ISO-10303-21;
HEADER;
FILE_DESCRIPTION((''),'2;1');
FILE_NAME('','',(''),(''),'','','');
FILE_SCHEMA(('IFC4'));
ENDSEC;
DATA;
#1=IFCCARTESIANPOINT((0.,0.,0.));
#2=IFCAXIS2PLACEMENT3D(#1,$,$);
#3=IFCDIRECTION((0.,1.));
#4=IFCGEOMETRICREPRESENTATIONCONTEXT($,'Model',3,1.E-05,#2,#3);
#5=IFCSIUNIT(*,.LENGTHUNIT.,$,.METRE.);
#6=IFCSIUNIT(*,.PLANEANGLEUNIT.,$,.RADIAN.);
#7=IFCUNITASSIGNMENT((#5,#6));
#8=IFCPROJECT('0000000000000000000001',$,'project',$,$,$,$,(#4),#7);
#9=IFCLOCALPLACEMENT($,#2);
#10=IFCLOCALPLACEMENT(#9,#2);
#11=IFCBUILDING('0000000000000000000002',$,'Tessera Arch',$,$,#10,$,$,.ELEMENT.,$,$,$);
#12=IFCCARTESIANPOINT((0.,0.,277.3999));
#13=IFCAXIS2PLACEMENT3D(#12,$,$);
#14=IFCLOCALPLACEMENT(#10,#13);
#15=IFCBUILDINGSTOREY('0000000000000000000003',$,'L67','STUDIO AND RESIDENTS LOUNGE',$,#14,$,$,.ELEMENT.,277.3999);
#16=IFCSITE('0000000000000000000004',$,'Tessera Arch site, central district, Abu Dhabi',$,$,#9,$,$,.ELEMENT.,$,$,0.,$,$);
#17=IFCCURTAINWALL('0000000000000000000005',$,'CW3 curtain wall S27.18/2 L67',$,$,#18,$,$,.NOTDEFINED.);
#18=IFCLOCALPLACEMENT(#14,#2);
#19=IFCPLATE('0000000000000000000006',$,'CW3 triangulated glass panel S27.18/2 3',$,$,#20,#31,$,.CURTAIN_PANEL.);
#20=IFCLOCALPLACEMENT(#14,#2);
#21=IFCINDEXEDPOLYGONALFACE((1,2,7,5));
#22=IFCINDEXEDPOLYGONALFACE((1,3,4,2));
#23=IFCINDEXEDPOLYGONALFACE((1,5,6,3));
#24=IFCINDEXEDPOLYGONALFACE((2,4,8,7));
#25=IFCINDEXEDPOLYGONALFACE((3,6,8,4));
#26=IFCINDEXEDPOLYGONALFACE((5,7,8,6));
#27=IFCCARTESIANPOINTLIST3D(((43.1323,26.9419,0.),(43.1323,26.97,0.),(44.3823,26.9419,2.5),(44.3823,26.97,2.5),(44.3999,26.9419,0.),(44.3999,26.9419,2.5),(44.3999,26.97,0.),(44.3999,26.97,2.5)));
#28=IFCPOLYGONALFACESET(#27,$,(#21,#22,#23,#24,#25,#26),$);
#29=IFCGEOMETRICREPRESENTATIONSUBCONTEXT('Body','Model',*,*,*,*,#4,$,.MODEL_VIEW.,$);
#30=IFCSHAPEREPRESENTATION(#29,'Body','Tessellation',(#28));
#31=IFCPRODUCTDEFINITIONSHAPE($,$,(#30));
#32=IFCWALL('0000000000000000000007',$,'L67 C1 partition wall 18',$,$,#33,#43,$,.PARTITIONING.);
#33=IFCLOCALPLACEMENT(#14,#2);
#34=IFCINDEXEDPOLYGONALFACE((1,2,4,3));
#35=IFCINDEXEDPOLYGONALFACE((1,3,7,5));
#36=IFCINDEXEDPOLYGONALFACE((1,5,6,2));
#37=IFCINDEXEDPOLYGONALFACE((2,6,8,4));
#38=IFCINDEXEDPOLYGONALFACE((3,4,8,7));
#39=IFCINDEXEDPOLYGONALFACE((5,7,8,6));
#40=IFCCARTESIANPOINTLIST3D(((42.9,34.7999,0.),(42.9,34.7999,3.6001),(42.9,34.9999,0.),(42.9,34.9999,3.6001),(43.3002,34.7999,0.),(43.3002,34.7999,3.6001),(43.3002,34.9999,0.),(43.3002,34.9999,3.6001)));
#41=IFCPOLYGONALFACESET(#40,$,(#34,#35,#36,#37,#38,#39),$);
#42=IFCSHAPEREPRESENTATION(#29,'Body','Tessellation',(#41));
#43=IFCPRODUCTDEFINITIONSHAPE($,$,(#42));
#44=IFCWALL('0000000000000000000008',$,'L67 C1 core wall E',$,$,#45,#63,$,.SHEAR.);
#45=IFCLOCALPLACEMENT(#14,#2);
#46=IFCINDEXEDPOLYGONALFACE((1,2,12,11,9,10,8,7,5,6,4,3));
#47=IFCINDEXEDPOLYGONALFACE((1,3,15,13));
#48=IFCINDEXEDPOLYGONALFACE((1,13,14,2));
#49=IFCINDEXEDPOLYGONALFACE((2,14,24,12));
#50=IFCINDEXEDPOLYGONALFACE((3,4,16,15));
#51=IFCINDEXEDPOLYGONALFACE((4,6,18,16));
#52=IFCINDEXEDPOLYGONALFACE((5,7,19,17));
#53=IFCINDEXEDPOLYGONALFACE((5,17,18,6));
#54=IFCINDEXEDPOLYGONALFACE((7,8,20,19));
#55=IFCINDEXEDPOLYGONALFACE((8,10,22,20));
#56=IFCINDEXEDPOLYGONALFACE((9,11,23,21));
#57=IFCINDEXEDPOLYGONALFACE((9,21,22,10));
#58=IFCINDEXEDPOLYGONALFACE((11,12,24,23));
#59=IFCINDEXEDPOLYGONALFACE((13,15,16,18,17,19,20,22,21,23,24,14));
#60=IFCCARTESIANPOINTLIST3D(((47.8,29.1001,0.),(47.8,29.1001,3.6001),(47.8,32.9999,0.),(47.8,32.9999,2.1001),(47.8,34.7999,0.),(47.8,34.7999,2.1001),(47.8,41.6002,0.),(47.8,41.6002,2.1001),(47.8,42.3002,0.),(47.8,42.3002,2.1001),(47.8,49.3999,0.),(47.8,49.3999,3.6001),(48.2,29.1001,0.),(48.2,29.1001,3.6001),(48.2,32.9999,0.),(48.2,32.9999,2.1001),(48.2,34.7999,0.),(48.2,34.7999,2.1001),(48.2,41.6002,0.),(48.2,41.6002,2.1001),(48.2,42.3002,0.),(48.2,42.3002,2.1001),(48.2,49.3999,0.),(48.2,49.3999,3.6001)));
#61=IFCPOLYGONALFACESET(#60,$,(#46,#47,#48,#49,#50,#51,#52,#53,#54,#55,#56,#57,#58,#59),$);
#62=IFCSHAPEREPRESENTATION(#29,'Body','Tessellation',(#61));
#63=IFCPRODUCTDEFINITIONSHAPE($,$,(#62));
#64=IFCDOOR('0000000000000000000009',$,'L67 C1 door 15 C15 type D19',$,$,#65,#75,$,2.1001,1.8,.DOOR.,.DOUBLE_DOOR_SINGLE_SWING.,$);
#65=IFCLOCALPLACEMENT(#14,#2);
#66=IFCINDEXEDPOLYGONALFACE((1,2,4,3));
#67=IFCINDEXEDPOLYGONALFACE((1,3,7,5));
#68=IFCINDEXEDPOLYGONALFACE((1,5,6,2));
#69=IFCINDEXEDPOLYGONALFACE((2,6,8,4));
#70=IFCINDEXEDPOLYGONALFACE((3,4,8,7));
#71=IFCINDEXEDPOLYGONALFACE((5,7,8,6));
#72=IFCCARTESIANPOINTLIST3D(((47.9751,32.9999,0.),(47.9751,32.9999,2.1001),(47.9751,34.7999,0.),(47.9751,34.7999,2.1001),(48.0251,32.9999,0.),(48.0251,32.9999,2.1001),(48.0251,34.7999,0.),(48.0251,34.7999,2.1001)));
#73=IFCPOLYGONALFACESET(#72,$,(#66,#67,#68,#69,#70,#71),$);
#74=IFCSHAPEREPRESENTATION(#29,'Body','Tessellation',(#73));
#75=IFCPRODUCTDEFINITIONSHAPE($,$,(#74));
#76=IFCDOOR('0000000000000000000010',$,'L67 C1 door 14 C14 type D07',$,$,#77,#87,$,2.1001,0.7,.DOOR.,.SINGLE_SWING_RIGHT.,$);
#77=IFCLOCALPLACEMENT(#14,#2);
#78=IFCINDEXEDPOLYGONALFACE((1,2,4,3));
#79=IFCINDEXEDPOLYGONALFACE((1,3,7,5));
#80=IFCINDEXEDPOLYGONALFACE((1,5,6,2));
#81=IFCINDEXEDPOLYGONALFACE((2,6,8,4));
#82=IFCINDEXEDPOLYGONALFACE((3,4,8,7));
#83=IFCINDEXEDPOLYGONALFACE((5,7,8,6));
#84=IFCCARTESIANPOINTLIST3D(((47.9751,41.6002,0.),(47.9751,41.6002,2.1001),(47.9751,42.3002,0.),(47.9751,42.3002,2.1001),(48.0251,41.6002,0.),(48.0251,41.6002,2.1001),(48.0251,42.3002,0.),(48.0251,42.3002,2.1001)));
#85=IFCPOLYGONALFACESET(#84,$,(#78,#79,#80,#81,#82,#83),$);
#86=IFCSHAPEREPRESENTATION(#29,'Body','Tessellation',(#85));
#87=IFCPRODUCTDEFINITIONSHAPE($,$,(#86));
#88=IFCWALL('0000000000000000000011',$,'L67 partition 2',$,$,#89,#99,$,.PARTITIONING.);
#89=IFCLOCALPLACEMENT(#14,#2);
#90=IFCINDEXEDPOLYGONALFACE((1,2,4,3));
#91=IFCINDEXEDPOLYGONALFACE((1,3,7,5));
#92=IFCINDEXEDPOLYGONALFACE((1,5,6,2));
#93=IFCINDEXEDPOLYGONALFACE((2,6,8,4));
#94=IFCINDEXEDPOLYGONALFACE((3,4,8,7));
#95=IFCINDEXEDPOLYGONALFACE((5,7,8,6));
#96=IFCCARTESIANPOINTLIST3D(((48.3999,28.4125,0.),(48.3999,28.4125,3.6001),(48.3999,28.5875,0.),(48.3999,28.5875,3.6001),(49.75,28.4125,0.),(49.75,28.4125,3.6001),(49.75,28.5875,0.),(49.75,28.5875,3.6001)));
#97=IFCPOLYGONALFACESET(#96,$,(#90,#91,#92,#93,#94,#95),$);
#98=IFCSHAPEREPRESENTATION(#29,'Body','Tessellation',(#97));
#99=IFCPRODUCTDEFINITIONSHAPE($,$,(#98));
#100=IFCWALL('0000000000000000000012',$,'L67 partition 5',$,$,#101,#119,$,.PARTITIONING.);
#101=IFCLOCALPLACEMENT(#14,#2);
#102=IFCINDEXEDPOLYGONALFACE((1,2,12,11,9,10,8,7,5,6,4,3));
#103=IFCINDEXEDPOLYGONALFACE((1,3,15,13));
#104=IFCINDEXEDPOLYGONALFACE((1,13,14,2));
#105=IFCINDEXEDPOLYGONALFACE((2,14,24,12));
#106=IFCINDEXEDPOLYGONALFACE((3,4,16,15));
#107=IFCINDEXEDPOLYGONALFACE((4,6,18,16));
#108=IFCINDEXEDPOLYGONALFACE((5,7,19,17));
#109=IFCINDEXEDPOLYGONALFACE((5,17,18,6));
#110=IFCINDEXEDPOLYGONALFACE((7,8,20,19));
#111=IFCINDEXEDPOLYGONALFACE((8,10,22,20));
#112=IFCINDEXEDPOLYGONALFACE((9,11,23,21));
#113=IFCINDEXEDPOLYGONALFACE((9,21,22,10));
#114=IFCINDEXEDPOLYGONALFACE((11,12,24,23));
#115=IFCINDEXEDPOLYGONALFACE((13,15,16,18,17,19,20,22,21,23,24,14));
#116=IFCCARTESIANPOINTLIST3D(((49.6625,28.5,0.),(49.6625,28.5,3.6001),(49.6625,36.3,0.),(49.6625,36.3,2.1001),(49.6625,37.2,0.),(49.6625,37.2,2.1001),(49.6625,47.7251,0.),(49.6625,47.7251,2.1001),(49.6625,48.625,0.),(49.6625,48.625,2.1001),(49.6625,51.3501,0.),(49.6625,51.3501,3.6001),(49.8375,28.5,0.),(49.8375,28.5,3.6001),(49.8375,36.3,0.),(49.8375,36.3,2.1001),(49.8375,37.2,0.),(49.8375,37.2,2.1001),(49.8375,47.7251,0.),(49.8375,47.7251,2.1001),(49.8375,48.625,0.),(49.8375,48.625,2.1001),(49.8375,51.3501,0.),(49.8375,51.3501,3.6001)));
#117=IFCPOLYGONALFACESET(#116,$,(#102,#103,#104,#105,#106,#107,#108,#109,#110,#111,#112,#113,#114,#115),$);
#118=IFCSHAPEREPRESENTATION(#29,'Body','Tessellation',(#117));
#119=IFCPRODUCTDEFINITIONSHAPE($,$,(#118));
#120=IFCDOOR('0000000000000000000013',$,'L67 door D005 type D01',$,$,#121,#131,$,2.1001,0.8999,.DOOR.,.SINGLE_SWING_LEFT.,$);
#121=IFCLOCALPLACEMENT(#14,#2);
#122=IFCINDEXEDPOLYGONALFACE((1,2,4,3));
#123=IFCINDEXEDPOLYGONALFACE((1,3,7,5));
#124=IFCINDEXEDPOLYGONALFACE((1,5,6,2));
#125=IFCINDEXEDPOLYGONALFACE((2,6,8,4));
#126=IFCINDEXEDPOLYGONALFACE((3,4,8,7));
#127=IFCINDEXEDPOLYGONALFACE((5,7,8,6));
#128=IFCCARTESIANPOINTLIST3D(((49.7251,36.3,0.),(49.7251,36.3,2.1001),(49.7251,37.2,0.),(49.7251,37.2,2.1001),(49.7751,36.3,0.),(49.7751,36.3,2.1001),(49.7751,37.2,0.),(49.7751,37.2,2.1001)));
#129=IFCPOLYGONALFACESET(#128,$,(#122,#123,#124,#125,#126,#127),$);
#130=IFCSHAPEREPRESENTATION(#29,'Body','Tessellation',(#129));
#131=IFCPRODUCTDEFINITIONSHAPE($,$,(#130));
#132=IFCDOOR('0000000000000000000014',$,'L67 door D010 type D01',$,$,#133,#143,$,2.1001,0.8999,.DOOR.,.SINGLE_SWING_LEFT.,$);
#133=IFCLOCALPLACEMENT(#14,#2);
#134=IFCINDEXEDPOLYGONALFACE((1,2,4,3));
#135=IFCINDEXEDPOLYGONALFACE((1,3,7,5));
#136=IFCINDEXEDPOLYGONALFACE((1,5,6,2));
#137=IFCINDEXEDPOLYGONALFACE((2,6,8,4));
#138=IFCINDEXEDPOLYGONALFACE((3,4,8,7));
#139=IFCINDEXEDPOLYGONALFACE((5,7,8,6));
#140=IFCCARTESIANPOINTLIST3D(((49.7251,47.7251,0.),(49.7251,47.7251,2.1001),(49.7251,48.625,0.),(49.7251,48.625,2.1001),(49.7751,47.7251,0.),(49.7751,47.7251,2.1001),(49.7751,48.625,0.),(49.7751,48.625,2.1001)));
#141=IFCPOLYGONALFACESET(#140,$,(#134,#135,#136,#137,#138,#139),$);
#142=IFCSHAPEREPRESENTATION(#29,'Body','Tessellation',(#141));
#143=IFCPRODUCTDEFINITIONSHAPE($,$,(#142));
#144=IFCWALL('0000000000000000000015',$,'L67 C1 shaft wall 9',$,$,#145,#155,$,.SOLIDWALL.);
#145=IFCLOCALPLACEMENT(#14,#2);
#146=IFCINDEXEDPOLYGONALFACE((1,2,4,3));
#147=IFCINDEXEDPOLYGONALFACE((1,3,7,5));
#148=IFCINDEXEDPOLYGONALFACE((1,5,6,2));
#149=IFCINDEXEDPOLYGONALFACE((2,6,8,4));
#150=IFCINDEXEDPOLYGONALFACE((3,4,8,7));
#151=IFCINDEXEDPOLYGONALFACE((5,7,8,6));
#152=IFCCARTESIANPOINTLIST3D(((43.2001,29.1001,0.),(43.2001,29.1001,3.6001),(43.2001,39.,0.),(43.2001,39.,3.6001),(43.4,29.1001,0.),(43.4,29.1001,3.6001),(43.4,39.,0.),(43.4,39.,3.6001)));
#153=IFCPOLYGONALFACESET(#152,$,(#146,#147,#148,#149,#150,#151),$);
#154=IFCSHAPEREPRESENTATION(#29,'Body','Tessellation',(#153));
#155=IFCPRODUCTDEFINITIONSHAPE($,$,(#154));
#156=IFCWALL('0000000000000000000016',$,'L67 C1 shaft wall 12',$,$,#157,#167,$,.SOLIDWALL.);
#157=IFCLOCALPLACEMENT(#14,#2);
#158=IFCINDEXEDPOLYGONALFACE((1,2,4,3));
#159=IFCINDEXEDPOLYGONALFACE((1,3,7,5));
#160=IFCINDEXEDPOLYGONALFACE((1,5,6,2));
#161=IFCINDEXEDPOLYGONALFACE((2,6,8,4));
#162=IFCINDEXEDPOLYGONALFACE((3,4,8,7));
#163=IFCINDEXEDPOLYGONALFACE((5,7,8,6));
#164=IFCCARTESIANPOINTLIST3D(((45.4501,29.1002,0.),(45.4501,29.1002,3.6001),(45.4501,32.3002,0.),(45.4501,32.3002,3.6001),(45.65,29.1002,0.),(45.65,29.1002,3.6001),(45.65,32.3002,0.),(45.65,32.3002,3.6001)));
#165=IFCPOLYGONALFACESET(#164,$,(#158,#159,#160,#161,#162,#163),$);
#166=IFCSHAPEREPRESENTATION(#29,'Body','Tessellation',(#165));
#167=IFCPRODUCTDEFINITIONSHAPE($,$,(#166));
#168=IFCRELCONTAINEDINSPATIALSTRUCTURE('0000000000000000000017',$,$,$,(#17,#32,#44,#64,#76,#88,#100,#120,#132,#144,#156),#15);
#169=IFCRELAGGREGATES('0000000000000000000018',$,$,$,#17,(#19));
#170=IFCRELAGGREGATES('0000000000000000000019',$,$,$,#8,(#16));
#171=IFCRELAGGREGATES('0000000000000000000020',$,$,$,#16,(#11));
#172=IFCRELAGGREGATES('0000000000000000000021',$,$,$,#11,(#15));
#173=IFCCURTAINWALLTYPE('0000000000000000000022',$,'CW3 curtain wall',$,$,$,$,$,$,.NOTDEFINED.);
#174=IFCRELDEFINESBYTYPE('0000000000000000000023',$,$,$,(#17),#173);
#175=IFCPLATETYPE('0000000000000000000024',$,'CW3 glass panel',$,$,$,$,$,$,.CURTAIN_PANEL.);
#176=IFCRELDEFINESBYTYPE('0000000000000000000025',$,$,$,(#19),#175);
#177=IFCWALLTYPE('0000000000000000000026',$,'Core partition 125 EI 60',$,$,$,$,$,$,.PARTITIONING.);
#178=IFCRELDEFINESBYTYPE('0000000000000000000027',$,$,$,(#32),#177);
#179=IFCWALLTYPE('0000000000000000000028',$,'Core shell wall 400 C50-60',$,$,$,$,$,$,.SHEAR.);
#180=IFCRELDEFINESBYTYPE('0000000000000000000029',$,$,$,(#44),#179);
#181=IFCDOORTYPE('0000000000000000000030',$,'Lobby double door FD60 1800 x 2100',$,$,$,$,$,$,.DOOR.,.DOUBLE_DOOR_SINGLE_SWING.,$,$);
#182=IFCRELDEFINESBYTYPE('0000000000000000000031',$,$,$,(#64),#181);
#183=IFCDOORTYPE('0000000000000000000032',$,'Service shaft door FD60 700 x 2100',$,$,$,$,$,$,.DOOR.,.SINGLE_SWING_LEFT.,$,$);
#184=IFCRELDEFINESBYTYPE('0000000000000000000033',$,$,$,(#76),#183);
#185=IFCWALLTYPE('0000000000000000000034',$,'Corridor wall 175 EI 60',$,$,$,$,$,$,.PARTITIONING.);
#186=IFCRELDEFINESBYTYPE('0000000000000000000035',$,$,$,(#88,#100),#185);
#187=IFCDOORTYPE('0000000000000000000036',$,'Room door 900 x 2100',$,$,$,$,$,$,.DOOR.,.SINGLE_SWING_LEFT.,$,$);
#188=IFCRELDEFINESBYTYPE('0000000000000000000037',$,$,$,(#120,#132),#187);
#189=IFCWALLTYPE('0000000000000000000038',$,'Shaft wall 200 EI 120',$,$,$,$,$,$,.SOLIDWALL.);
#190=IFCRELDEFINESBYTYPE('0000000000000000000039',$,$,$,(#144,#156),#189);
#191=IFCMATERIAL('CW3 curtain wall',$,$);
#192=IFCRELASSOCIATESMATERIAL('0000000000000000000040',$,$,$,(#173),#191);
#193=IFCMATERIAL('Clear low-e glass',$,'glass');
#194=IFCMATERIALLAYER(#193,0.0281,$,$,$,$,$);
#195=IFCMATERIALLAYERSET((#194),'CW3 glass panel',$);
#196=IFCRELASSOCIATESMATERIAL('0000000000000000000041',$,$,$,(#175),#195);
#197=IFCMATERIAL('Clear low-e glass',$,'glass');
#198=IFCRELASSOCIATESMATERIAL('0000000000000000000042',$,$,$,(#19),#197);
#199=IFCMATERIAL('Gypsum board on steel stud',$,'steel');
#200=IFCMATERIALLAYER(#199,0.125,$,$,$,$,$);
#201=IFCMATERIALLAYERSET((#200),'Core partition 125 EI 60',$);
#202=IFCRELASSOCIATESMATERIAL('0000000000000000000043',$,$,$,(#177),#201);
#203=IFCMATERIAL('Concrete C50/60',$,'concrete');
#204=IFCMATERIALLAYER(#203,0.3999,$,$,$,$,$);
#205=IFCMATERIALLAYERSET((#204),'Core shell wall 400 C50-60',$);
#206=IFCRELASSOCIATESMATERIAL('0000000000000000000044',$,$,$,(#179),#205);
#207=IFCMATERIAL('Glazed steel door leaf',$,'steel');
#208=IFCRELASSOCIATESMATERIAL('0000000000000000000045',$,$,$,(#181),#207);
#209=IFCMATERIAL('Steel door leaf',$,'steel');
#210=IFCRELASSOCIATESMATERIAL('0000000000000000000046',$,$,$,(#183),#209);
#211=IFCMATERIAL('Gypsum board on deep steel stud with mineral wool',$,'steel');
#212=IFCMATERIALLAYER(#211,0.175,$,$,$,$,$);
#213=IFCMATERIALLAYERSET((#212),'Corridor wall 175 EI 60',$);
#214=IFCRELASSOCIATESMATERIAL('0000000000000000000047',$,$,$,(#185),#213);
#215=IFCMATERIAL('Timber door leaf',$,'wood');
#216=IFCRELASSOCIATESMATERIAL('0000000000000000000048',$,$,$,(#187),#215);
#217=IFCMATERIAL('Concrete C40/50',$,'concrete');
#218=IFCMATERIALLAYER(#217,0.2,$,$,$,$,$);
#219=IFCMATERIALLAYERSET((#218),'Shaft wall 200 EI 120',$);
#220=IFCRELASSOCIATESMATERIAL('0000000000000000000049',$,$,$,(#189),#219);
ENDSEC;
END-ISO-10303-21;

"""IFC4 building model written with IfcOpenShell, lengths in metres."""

from ifc_helpers import new_model, si_unit, direction, frame, frame_2d, origin, place, context, subcontext, project, spatial, polyline, rectangle, outline, extrude, material, layer, layer_set, type_object, element, fill, aggregate, save


model = new_model("IFC4")

# Units and contexts
model_context = context("Model", 3, precision=1e-05, world=origin(), true_north=direction((0.0, 1.0)))
body_context = subcontext(model_context, "Body", "Model", "MODEL_VIEW")
ifc_project = project(units=[si_unit("LENGTHUNIT", "METRE"), si_unit("PLANEANGLEUNIT", "RADIAN")], contexts=[model_context])

# Site, building, storey
site_placement = place(None, origin())
site = spatial("IfcSite", under=ifc_project, at=site_placement, Name="Tessera Arch site, central district, Abu Dhabi", CompositionType="ELEMENT", RefElevation=0.0)
building_placement = place(site_placement, origin())
building = spatial("IfcBuilding", under=site, at=building_placement, Name="Tessera Arch", CompositionType="ELEMENT")
storey_placement = place(building_placement, frame((0.0, 0.0, 277.3999)))
storey = spatial("IfcBuildingStorey", under=building, at=storey_placement, Name="L67", Description="STUDIO AND RESIDENTS LOUNGE", CompositionType="ELEMENT", Elevation=277.3999)

# Shared definitions
ifc_material_1 = material(Name="Clear low-e glass", Category="glass")

# Curtain wall, plate
ifc_material_2 = material(Name="CW3 curtain wall")
curtain_wall_type_1 = type_object("IfcCurtainWallType", Name="CW3 curtain wall", PredefinedType="NOTDEFINED", material=ifc_material_2)
curtain_wall_1_placement = place(storey_placement, origin())
curtain_wall_1 = element("IfcCurtainWall", 1, at=curtain_wall_1_placement, inside=storey, type_object=curtain_wall_type_1, Name="CW3 curtain wall S27.18/2 L67", PredefinedType="NOTDEFINED")
ifc_material_3 = material(Name="Clear low-e glass", Category="glass")
ifc_layer_1 = layer(ifc_material_3, 0.0281)
ifc_layer_set_1 = layer_set([ifc_layer_1], Name="CW3 glass panel")
plate_type_1 = type_object("IfcPlateType", Name="CW3 glass panel", PredefinedType="CURTAIN_PANEL", material=ifc_layer_set_1)
plate_1_placement = place(storey_placement, frame((44.3999, 26.9419, 2.5), z_axis=(0.0, -1.0, 0.0), x_axis=(-1.0, 0.0, 0.0)))
plate_1 = element("IfcPlate", 2, at=plate_1_placement, type_object=plate_type_1, material=ifc_material_1, Name="CW3 triangulated glass panel S27.18/2 3", PredefinedType="CURTAIN_PANEL", context=body_context, shape_type="SweptSolid", body=[
    extrude(outline(polyline([(0.0, 0.0), (0.0176, 0.0), (1.2676, 2.5), (0.0, 2.5), (0.0, 0.0)])), origin(), (0.0, 0.0, -1.0), 0.0281),
])
aggregate(curtain_wall_1, [plate_1])

# Wall
ifc_material_4 = material(Name="Gypsum board on steel stud", Category="steel")
ifc_layer_2 = layer(ifc_material_4, 0.125)
ifc_layer_set_2 = layer_set([ifc_layer_2], Name="Core partition 125 EI 60")
wall_type_1 = type_object("IfcWallType", Name="Core partition 125 EI 60", PredefinedType="PARTITIONING", material=ifc_layer_set_2)
wall_1_placement = place(storey_placement, frame((42.8999, 34.8999, 0.0), z_axis=(0.0, 0.0, 1.0), x_axis=(1.0, 0.0, 0.0)))
element("IfcWall", 3, at=wall_1_placement, inside=storey, type_object=wall_type_1, Name="L67 C1 partition wall 18", PredefinedType="PARTITIONING", context=body_context, shape_type="SweptSolid", body=[
    extrude(rectangle(XDim=0.4001, YDim=0.2, at=frame_2d((0.2002, 0.0))), origin(), (0.0, 0.0, 1.0), 3.6001),
])

# Wall, openings, doors
ifc_material_5 = material(Name="Concrete C50/60", Category="concrete")
ifc_layer_3 = layer(ifc_material_5, 0.3999)
ifc_layer_set_3 = layer_set([ifc_layer_3], Name="Core shell wall 400 C50-60")
wall_type_2 = type_object("IfcWallType", Name="Core shell wall 400 C50-60", PredefinedType="SHEAR", material=ifc_layer_set_3)
wall_2_placement = place(storey_placement, frame((48.0, 29.1001, 0.0), z_axis=(0.0, 0.0, 1.0), x_axis=(0.0, 1.0, 0.0)))
wall_2 = element("IfcWall", 4, at=wall_2_placement, inside=storey, type_object=wall_type_2, Name="L67 C1 core wall E", PredefinedType="SHEAR", context=body_context, shape_type="SweptSolid", body=[
    extrude(rectangle(XDim=20.2998, YDim=0.3999, at=frame_2d((10.1499, 0.0))), origin(), (0.0, 0.0, 1.0), 3.6001),
])
opening_1_placement = place(wall_2_placement, frame((12.5, 0.0, 0.0)))
opening_1 = element("IfcOpeningElement", 5, at=opening_1_placement, cuts=wall_2, PredefinedType="OPENING", context=body_context, shape_type="SweptSolid", body=[
    extrude(rectangle(XDim=0.7, YDim=2.1001, at=frame_2d((0.3501, 1.05))), frame((0.0, 0.21, 0.0), z_axis=(0.0, -1.0, 0.0), x_axis=(1.0, 0.0, 0.0)), (0.0, 0.0, 1.0), 0.4199),
])
opening_2_placement = place(wall_2_placement, frame((3.8999, 0.0, 0.0)))
opening_2 = element("IfcOpeningElement", 6, at=opening_2_placement, cuts=wall_2, PredefinedType="OPENING", context=body_context, shape_type="SweptSolid", body=[
    extrude(rectangle(XDim=1.8, YDim=2.1001, at=frame_2d((0.8999, 1.05))), frame((0.0, 0.21, 0.0), z_axis=(0.0, -1.0, 0.0), x_axis=(1.0, 0.0, 0.0)), (0.0, 0.0, 1.0), 0.4199),
])
ifc_material_6 = material(Name="Glazed steel door leaf", Category="steel")
door_type_1 = type_object("IfcDoorType", Name="Lobby double door FD60 1800 x 2100", OperationType="DOUBLE_DOOR_SINGLE_SWING", PredefinedType="DOOR", material=ifc_material_6)
door_1_placement = place(opening_2_placement, origin())
door_1 = element("IfcDoor", 7, at=door_1_placement, inside=storey, type_object=door_type_1, Name="L67 C1 door 15 C15 type D19", OperationType="DOUBLE_DOOR_SINGLE_SWING", OverallHeight=2.1001, OverallWidth=1.8, PredefinedType="DOOR", context=body_context, shape_type="SweptSolid", body=[
    extrude(rectangle(XDim=1.8, YDim=2.1001, at=frame_2d((0.8999, 1.05))), frame((0.0, 0.0249, 0.0), z_axis=(0.0, -1.0, 0.0), x_axis=(1.0, 0.0, 0.0)), (0.0, 0.0, 1.0), 0.05),
])
fill(opening_2, door_1)
ifc_material_7 = material(Name="Steel door leaf", Category="steel")
door_type_2 = type_object("IfcDoorType", Name="Service shaft door FD60 700 x 2100", OperationType="SINGLE_SWING_LEFT", PredefinedType="DOOR", material=ifc_material_7)
door_2_placement = place(opening_1_placement, origin())
door_2 = element("IfcDoor", 8, at=door_2_placement, inside=storey, type_object=door_type_2, Name="L67 C1 door 14 C14 type D07", OperationType="SINGLE_SWING_RIGHT", OverallHeight=2.1001, OverallWidth=0.7, PredefinedType="DOOR", context=body_context, shape_type="SweptSolid", body=[
    extrude(rectangle(XDim=0.7, YDim=2.1001, at=frame_2d((0.3501, 1.05))), frame((0.0, 0.0249, 0.0), z_axis=(0.0, -1.0, 0.0), x_axis=(1.0, 0.0, 0.0)), (0.0, 0.0, 1.0), 0.05),
])
fill(opening_1, door_2)

# Wall
ifc_material_8 = material(Name="Gypsum board on deep steel stud with mineral wool", Category="steel")
ifc_layer_4 = layer(ifc_material_8, 0.175)
ifc_layer_set_4 = layer_set([ifc_layer_4], Name="Corridor wall 175 EI 60")
wall_type_3 = type_object("IfcWallType", Name="Corridor wall 175 EI 60", PredefinedType="PARTITIONING", material=ifc_layer_set_4)
wall_3_placement = place(storey_placement, frame((48.3999, 28.5, 0.0), z_axis=(0.0, 0.0, 1.0), x_axis=(1.0, 0.0, 0.0)))
element("IfcWall", 9, at=wall_3_placement, inside=storey, type_object=wall_type_3, Name="L67 partition 2", PredefinedType="PARTITIONING", context=body_context, shape_type="SweptSolid", body=[
    extrude(rectangle(XDim=1.3501, YDim=0.175, at=frame_2d((0.675, 0.0))), origin(), (0.0, 0.0, 1.0), 3.6001),
])

# Wall, openings, doors
wall_4_placement = place(storey_placement, frame((49.75, 28.5, 0.0), z_axis=(0.0, 0.0, 1.0), x_axis=(0.0, 1.0, 0.0)))
wall_4 = element("IfcWall", 10, at=wall_4_placement, inside=storey, type_object=wall_type_3, Name="L67 partition 5", PredefinedType="PARTITIONING", context=body_context, shape_type="SweptSolid", body=[
    extrude(rectangle(XDim=22.8501, YDim=0.175, at=frame_2d((11.425, 0.0))), origin(), (0.0, 0.0, 1.0), 3.6001),
])
opening_3_placement = place(wall_4_placement, frame((7.8, 0.0, 0.0)))
opening_3 = element("IfcOpeningElement", 11, at=opening_3_placement, cuts=wall_4, PredefinedType="OPENING", context=body_context, shape_type="SweptSolid", body=[
    extrude(rectangle(XDim=0.8999, YDim=2.1001, at=frame_2d((0.45, 1.05))), frame((0.0, 0.0974, 0.0), z_axis=(0.0, -1.0, 0.0), x_axis=(1.0, 0.0, 0.0)), (0.0, 0.0, 1.0), 0.1951),
])
opening_4_placement = place(wall_4_placement, frame((19.2251, 0.0, 0.0)))
opening_4 = element("IfcOpeningElement", 12, at=opening_4_placement, cuts=wall_4, PredefinedType="OPENING", context=body_context, shape_type="SweptSolid", body=[
    extrude(rectangle(XDim=0.8999, YDim=2.1001, at=frame_2d((0.45, 1.05))), frame((0.0, 0.0974, 0.0), z_axis=(0.0, -1.0, 0.0), x_axis=(1.0, 0.0, 0.0)), (0.0, 0.0, 1.0), 0.1951),
])
ifc_material_9 = material(Name="Timber door leaf", Category="wood")
door_type_3 = type_object("IfcDoorType", Name="Room door 900 x 2100", OperationType="SINGLE_SWING_LEFT", PredefinedType="DOOR", material=ifc_material_9)
door_3_placement = place(opening_3_placement, origin())
door_3 = element("IfcDoor", 13, at=door_3_placement, inside=storey, type_object=door_type_3, Name="L67 door D005 type D01", OperationType="SINGLE_SWING_LEFT", OverallHeight=2.1001, OverallWidth=0.8999, PredefinedType="DOOR", context=body_context, shape_type="SweptSolid", body=[
    extrude(rectangle(XDim=0.8999, YDim=2.1001, at=frame_2d((0.45, 1.05))), frame((0.0, 0.0249, 0.0), z_axis=(0.0, -1.0, 0.0), x_axis=(1.0, 0.0, 0.0)), (0.0, 0.0, 1.0), 0.05),
])
fill(opening_3, door_3)
door_4_placement = place(opening_4_placement, origin())
door_4 = element("IfcDoor", 14, at=door_4_placement, inside=storey, type_object=door_type_3, Name="L67 door D010 type D01", OperationType="SINGLE_SWING_LEFT", OverallHeight=2.1001, OverallWidth=0.8999, PredefinedType="DOOR", context=body_context, shape_type="SweptSolid", body=[
    extrude(rectangle(XDim=0.8999, YDim=2.1001, at=frame_2d((0.45, 1.05))), frame((0.0, 0.0249, 0.0), z_axis=(0.0, -1.0, 0.0), x_axis=(1.0, 0.0, 0.0)), (0.0, 0.0, 1.0), 0.05),
])
fill(opening_4, door_4)

# Walls
ifc_material_10 = material(Name="Concrete C40/50", Category="concrete")
ifc_layer_5 = layer(ifc_material_10, 0.2)
ifc_layer_set_5 = layer_set([ifc_layer_5], Name="Shaft wall 200 EI 120")
wall_type_4 = type_object("IfcWallType", Name="Shaft wall 200 EI 120", PredefinedType="SOLIDWALL", material=ifc_layer_set_5)
wall_5_placement = place(storey_placement, frame((43.3, 29.1001, 0.0), z_axis=(0.0, 0.0, 1.0), x_axis=(0.0, 1.0, 0.0)))
element("IfcWall", 15, at=wall_5_placement, inside=storey, type_object=wall_type_4, Name="L67 C1 shaft wall 9", PredefinedType="SOLIDWALL", context=body_context, shape_type="SweptSolid", body=[
    extrude(rectangle(XDim=9.8999, YDim=0.2, at=frame_2d((4.95, 0.0))), origin(), (0.0, 0.0, 1.0), 3.6001),
])
for number, where, z_axis, x_axis, name in (
    (16, (45.55, 29.1001, 0.0), (0.0, 0.0, 1.0), (0.0, 1.0, 0.0), "L67 C1 shaft wall 12"),
):
    element("IfcWall", number, at=place(storey_placement, frame(where, z_axis=z_axis, x_axis=x_axis)), inside=storey, type_object=wall_type_4, Name=name, PredefinedType="SOLIDWALL", context=body_context, shape_type="SweptSolid", body=[
        extrude(rectangle(XDim=3.2, YDim=0.2, at=frame_2d((1.6001, 0.0))), origin(), (0.0, 0.0, 1.0), 3.6001),
    ])

save(model, "model.ifc")
